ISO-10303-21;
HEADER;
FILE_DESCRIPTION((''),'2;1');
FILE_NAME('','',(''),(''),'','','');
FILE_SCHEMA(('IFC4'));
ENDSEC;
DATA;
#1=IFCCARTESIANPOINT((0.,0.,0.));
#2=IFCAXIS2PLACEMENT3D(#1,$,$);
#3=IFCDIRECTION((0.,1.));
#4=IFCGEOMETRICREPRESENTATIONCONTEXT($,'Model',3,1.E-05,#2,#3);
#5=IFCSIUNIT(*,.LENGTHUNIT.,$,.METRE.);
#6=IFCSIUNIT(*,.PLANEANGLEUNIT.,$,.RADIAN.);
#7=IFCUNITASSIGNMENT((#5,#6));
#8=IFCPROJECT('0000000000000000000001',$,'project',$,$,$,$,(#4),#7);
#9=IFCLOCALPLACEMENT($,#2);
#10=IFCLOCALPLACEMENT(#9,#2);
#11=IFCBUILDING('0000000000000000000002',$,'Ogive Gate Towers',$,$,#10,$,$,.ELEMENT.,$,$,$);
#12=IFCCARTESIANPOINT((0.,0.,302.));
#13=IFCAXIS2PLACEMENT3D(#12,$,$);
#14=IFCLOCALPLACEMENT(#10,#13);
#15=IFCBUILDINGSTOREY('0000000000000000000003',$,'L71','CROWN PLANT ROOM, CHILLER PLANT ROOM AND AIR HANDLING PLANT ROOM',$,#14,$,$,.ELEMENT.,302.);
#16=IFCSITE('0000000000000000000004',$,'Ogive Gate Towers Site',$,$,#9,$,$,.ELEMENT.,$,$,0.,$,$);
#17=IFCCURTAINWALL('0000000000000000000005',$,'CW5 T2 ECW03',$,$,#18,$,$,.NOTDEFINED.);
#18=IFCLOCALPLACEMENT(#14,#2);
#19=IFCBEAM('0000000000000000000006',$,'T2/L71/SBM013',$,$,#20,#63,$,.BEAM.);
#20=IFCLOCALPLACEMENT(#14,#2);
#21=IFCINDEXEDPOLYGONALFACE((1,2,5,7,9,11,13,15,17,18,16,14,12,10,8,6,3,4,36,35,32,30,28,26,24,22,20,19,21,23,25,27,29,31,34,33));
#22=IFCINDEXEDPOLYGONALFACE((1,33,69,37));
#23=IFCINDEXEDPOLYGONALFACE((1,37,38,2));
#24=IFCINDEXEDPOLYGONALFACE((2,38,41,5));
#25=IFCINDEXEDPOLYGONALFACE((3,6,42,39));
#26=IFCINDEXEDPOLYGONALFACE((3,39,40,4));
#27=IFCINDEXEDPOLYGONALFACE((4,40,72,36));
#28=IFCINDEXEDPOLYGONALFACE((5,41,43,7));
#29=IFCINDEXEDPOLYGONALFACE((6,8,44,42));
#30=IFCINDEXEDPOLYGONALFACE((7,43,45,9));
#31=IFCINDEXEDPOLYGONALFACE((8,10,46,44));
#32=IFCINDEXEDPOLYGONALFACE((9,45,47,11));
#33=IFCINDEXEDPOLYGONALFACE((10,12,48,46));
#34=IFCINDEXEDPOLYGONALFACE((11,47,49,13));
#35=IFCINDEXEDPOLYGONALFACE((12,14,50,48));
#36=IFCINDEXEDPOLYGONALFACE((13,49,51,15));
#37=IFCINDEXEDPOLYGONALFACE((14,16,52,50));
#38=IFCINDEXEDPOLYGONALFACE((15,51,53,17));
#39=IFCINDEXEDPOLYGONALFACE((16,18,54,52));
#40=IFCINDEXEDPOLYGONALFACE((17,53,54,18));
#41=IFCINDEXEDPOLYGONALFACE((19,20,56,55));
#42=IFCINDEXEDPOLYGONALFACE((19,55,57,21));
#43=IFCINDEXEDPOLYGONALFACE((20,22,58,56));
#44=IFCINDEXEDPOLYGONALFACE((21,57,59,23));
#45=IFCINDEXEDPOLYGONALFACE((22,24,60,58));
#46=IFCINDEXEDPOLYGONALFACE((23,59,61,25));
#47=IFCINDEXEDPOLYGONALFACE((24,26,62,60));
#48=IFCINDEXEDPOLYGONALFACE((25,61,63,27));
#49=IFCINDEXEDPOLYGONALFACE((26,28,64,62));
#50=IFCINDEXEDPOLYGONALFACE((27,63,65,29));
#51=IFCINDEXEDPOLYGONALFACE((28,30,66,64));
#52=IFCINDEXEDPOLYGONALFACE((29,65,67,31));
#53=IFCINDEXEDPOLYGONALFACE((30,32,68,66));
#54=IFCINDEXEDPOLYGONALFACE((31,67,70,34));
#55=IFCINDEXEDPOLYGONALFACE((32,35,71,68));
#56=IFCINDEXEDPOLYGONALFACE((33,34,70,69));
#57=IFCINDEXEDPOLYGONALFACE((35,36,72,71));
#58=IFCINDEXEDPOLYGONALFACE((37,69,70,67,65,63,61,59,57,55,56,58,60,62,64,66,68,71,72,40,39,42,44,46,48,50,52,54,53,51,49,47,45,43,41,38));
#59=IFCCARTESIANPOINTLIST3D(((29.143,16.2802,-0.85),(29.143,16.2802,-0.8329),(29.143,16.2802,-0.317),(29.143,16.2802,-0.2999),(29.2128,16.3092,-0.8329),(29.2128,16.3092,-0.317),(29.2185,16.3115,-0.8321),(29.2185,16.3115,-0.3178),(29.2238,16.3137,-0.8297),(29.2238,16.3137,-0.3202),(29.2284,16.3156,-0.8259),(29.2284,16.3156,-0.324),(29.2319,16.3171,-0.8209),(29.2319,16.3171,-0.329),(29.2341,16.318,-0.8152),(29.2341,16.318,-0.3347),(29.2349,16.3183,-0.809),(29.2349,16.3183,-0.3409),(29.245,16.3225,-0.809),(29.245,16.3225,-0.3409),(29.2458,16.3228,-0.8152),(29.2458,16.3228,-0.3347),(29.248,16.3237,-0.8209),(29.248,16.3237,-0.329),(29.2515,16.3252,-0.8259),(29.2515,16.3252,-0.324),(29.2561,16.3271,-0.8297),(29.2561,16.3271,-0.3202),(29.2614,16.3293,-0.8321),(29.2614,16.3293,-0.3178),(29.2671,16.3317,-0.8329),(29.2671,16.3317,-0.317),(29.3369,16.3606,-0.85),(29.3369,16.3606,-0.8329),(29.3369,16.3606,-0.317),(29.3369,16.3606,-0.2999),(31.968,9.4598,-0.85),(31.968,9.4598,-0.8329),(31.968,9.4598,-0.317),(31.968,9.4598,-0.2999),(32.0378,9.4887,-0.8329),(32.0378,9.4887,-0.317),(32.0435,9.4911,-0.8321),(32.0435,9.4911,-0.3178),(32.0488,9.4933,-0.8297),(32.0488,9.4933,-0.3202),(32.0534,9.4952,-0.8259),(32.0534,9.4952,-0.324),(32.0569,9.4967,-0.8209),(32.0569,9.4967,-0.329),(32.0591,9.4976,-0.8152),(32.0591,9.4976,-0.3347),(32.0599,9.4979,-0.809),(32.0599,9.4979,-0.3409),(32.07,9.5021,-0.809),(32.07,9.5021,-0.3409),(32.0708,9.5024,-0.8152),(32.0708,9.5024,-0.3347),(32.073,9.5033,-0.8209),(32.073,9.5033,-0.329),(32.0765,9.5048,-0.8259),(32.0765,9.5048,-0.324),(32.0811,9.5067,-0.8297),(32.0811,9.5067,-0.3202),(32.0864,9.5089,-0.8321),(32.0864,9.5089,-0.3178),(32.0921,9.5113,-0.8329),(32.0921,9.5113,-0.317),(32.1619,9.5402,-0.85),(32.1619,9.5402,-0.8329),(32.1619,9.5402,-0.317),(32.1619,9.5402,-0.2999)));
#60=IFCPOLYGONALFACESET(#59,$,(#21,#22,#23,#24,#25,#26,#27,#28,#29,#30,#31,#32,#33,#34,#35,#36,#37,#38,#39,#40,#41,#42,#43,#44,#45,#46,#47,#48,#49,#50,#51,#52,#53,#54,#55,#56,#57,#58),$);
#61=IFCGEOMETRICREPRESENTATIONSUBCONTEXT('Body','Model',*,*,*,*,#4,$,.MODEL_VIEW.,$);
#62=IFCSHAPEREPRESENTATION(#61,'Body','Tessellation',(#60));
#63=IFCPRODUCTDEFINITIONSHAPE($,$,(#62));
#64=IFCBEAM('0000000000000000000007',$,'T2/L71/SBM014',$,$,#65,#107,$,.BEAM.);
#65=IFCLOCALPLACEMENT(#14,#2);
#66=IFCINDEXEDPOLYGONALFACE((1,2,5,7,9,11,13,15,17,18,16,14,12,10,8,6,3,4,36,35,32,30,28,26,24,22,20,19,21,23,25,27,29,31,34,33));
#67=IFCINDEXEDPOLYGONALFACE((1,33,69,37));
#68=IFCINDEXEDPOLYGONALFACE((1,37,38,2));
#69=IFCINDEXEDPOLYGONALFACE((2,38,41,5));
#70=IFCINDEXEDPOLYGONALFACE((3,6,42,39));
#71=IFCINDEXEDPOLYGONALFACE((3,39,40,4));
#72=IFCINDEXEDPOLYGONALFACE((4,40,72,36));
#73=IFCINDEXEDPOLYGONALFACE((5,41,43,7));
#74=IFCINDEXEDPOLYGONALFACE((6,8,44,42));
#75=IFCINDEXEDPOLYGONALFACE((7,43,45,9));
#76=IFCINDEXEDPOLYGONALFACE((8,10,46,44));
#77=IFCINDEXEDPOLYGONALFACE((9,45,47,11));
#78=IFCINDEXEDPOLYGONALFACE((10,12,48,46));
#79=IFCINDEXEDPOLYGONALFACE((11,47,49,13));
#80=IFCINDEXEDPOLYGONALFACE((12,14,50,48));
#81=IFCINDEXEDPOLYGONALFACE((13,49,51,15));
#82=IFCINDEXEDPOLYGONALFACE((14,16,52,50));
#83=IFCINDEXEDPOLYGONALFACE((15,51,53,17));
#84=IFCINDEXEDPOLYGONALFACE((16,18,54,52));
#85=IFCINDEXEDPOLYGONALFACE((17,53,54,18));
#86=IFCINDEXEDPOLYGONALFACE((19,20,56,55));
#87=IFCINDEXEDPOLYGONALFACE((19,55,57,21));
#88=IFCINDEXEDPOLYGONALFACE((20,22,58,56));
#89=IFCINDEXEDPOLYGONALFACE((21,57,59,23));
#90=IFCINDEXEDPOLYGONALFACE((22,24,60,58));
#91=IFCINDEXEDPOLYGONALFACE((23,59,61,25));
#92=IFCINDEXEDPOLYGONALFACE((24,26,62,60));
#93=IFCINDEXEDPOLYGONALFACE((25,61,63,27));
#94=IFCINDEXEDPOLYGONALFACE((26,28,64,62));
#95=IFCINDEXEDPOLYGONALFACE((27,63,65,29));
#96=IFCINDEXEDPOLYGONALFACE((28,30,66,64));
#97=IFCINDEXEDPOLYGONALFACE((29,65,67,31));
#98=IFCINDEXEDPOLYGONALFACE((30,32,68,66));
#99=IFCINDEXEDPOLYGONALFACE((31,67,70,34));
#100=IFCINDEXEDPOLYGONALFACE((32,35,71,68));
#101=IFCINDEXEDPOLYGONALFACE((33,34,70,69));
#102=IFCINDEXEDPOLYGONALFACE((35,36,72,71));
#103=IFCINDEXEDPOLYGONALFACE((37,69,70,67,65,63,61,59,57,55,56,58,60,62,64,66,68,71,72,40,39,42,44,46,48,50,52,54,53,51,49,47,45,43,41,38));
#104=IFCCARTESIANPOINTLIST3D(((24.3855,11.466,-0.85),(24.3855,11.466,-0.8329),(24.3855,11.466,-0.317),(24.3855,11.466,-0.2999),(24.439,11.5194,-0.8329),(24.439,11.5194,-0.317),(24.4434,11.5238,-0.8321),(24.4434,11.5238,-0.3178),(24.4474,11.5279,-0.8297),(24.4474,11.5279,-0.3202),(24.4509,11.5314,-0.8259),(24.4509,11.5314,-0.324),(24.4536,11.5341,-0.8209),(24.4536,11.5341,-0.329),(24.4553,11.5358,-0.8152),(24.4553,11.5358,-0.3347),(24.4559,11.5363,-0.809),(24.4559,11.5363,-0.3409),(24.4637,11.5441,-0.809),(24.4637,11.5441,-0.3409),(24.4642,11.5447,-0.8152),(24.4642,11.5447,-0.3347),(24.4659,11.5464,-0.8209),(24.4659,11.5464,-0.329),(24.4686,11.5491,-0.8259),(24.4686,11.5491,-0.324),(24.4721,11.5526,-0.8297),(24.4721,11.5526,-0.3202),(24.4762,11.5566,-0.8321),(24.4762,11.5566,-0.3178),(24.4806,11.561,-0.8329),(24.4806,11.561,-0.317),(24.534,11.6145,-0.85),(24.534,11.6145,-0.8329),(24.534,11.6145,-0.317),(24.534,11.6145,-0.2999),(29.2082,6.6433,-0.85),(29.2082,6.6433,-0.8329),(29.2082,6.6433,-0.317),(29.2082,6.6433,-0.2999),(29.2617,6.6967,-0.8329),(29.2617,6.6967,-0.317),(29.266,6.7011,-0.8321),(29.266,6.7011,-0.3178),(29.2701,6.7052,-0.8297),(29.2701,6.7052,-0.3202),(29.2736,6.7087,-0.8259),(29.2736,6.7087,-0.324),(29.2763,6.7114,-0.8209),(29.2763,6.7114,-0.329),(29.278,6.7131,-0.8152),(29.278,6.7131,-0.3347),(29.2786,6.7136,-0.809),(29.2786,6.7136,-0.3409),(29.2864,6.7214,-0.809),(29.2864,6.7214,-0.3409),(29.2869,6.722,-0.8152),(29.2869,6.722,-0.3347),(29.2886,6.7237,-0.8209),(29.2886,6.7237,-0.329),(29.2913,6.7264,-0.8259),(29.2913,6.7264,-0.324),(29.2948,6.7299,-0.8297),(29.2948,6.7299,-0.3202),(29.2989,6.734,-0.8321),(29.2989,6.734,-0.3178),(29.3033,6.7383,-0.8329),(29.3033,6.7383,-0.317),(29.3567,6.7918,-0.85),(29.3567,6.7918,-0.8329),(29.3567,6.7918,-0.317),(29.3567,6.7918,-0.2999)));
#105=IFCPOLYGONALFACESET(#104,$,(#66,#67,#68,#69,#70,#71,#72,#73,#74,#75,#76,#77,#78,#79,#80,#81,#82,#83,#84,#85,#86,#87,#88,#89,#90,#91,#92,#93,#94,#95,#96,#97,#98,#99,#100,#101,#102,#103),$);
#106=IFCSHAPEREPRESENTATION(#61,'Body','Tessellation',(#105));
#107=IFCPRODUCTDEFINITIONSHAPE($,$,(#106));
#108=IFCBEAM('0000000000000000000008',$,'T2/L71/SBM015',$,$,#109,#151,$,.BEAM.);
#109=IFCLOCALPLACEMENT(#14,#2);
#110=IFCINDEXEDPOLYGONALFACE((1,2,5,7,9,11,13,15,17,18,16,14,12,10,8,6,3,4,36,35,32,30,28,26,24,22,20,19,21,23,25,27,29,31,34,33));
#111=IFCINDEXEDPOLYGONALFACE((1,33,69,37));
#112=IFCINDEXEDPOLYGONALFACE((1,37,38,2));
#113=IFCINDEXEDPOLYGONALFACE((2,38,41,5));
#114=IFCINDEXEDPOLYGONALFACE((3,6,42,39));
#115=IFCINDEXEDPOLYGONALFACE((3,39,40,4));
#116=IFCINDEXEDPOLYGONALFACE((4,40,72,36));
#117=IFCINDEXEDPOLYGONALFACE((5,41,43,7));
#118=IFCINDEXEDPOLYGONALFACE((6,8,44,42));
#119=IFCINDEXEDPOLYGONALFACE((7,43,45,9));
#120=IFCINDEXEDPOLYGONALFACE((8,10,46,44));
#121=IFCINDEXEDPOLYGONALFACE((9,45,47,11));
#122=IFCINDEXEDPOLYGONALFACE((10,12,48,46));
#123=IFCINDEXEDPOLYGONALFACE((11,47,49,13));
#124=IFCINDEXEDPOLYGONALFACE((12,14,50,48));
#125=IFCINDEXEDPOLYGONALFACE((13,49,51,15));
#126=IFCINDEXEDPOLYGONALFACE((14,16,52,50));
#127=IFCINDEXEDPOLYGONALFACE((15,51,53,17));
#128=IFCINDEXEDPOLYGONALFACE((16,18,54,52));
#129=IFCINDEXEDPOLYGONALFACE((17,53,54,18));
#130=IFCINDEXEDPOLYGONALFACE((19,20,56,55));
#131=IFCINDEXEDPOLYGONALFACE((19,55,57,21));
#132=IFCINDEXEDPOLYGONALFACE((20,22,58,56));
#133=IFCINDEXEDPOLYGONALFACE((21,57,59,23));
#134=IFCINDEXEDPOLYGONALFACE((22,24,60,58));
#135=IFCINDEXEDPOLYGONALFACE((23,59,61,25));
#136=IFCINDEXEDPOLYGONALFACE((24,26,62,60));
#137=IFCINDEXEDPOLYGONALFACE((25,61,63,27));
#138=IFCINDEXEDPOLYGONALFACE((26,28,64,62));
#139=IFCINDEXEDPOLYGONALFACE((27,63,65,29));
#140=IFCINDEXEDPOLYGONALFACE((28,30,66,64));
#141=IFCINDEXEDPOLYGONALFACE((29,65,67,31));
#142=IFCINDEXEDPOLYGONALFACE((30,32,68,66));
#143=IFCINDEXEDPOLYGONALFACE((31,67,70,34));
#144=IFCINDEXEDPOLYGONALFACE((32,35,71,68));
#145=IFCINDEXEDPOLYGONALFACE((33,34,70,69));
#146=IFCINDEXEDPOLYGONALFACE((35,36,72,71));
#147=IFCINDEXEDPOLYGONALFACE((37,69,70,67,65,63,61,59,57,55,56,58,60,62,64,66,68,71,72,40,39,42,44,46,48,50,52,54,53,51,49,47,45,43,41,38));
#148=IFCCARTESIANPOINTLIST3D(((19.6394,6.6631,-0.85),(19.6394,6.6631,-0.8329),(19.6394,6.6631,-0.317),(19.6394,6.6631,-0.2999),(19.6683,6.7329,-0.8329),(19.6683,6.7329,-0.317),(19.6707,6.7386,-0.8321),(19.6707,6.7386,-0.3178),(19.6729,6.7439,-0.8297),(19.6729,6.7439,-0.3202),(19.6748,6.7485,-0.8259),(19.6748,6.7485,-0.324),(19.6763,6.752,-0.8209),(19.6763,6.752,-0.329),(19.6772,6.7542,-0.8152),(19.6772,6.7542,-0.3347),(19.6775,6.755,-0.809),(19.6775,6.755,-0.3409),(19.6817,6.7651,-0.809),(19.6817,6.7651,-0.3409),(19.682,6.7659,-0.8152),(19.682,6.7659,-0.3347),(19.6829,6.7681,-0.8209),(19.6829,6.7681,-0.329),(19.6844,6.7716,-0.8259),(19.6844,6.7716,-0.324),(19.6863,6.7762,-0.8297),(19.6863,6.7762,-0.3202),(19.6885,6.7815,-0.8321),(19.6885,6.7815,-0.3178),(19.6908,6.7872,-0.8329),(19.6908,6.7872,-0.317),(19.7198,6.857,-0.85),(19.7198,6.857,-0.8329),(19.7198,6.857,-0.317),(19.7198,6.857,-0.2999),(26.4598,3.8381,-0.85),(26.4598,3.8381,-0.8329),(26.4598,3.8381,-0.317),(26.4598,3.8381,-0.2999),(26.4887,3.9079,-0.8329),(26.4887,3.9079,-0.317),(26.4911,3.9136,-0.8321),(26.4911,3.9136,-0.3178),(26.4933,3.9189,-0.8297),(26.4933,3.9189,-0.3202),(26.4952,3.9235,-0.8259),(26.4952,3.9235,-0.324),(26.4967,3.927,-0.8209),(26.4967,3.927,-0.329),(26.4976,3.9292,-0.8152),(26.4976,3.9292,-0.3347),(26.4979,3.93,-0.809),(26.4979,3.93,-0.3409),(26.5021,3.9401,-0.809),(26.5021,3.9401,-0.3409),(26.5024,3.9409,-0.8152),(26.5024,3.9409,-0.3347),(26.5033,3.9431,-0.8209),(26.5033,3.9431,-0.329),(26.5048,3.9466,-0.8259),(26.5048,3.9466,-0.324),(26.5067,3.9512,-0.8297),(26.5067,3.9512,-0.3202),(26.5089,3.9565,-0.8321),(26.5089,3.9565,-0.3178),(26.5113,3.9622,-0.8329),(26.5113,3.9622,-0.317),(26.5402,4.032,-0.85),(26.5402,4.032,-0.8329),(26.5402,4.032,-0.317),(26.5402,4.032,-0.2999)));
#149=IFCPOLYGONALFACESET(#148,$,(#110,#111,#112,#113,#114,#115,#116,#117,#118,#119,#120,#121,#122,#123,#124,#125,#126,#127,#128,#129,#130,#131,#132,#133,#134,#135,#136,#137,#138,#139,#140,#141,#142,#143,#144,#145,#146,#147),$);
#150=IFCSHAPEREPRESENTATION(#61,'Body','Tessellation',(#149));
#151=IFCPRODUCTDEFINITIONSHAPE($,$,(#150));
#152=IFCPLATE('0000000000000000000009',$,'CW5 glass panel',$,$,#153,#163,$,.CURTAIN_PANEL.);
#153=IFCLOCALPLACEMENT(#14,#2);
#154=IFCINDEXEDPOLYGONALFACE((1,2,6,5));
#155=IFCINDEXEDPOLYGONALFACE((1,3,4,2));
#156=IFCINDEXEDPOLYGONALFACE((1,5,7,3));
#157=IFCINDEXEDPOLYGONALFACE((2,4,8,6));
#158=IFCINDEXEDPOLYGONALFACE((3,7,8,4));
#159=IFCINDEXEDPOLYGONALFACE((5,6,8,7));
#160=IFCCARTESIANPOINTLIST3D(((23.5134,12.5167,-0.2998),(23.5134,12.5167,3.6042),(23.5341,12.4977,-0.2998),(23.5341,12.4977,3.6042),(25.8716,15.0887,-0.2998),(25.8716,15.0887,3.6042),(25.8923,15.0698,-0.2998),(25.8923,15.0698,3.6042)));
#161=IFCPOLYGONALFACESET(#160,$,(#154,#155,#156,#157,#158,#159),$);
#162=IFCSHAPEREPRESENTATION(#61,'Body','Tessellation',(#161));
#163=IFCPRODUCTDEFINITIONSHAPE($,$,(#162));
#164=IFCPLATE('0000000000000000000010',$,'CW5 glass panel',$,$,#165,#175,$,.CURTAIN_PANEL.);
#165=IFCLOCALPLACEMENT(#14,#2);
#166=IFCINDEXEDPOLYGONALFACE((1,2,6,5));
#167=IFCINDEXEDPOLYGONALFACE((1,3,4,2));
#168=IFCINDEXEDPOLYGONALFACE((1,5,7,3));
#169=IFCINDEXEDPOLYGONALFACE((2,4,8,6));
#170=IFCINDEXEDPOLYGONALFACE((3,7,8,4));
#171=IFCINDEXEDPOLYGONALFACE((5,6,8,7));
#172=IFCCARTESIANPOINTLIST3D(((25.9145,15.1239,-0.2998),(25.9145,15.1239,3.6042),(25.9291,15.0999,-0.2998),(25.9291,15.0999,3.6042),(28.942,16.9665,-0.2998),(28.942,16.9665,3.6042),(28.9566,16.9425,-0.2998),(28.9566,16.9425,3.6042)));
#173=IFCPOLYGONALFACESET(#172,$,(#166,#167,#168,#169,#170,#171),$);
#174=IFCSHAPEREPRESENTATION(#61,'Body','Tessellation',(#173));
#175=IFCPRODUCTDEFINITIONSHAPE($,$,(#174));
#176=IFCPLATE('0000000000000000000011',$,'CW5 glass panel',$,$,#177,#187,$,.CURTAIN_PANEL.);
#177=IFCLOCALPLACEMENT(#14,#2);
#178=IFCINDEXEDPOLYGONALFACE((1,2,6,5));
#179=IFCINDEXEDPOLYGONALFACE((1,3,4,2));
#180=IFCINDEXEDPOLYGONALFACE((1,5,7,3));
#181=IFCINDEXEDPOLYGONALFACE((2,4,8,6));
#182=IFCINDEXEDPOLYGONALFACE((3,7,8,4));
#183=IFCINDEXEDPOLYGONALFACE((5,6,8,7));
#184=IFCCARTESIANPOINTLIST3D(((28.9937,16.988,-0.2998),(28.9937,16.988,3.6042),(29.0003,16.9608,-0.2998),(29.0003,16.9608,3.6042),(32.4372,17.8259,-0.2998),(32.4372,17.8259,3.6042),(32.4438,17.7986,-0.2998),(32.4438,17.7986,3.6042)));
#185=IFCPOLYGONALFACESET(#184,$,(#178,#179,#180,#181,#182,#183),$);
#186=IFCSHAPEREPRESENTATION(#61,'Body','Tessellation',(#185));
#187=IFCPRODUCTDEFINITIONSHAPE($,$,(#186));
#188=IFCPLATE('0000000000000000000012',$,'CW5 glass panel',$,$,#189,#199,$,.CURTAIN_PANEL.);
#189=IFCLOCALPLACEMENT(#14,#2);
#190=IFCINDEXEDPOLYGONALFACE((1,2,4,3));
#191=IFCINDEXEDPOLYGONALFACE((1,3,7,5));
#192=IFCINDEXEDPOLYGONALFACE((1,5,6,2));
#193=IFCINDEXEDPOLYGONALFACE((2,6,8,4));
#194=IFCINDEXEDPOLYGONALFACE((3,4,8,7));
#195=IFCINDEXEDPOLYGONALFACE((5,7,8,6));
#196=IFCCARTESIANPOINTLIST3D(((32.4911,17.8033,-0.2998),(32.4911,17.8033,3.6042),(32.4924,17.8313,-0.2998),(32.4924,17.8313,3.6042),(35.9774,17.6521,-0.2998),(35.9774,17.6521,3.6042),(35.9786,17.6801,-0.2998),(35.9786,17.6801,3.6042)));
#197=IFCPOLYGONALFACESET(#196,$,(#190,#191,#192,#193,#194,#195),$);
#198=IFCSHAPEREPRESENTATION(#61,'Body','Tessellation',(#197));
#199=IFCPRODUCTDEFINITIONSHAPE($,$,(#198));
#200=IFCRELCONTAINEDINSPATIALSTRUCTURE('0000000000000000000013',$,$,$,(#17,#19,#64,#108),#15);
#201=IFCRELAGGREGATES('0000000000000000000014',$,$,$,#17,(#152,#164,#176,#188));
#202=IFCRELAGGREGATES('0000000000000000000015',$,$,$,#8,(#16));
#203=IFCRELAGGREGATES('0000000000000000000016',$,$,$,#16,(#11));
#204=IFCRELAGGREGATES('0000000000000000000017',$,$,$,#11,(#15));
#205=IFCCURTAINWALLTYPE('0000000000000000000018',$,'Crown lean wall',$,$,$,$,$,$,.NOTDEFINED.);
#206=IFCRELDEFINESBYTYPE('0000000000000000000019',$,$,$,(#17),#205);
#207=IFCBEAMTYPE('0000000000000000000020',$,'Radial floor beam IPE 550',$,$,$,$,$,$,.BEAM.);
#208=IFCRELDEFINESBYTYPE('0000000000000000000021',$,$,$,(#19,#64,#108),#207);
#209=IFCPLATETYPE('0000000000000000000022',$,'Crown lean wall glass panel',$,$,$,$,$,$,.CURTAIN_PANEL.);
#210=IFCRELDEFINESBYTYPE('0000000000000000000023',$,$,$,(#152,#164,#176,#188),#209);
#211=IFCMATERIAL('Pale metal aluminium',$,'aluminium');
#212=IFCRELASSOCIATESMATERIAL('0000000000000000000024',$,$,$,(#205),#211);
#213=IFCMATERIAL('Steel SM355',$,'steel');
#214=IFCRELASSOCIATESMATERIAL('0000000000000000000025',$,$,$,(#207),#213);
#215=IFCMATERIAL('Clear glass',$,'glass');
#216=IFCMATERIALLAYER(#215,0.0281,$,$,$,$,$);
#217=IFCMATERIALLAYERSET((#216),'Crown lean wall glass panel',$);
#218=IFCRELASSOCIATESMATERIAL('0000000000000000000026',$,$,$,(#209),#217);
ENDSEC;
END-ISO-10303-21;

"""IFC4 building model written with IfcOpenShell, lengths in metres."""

from ifc_helpers import new_model, si_unit, direction, frame, origin, origin_2d, place, context, subcontext, project, spatial, rectangle, i_section, extrude, material, layer, layer_set, material_profile, profile_set, type_object, element, aggregate, save


model = new_model("IFC4")

# Units and contexts
model_context = context("Model", 3, precision=1e-05, world=origin(), true_north=direction((0.0, 1.0)))
body_context = subcontext(model_context, "Body", "Model", "MODEL_VIEW")
ifc_project = project(units=[si_unit("LENGTHUNIT", "METRE"), si_unit("PLANEANGLEUNIT", "RADIAN")], contexts=[model_context])

# Site, building, storey
site_placement = place(None, origin())
site = spatial("IfcSite", under=ifc_project, at=site_placement, Name="Ogive Gate Towers Site", CompositionType="ELEMENT", RefElevation=0.0)
building_placement = place(site_placement, origin())
building = spatial("IfcBuilding", under=site, at=building_placement, Name="Ogive Gate Towers", CompositionType="ELEMENT")
storey_placement = place(building_placement, frame((0.0, 0.0, 302.0)))
storey = spatial("IfcBuildingStorey", under=building, at=storey_placement, Name="L71", Description="CROWN PLANT ROOM, CHILLER PLANT ROOM AND AIR HANDLING PLANT ROOM", CompositionType="ELEMENT", Elevation=302.0)

# Shared definitions
ifc_material_1 = material(Name="Pale metal aluminium", Category="aluminium")
curtain_wall_type = type_object("IfcCurtainWallType", Name="Crown lean wall", PredefinedType="NOTDEFINED", material=ifc_material_1)

# Curtain wall
curtain_wall_1_placement = place(storey_placement, origin())
curtain_wall_1 = element("IfcCurtainWall", 1, at=curtain_wall_1_placement, inside=storey, type_object=curtain_wall_type, Name="CW5 T2 ECW03", PredefinedType="NOTDEFINED")

# Beams
ifc_material_2 = material(Name="Steel SM355", Category="steel")
ifc_material_profile_1 = material_profile(ifc_material_2, i_section(OverallWidth=0.21, OverallDepth=0.55, WebThickness=0.011, FlangeThickness=0.0171, FilletRadius=0.0239, at=origin_2d()), Name="IPE 550")
ifc_profile_set_1 = profile_set([ifc_material_profile_1], Name="Steel SM355")
beam_type_1 = type_object("IfcBeamType", Name="Radial floor beam IPE 550", PredefinedType="BEAM", material=ifc_profile_set_1)
beam_1_placement = place(storey_placement, frame((32.0649, 9.5, -0.575), z_axis=(-0.38267, 0.923885, 0.0), x_axis=(-0.923885, -0.38267, 0.0)))
element("IfcBeam", 2, at=beam_1_placement, inside=storey, type_object=beam_type_1, Name="T2/L71/SBM013", PredefinedType="BEAM", context=body_context, shape_type="SweptSolid", body=[
    extrude(i_section(OverallWidth=0.21, OverallDepth=0.55, WebThickness=0.011, FlangeThickness=0.0171, FilletRadius=0.0239, at=origin_2d()), origin(), (0.0, 0.0, 1.0), 7.3823),
])
beam_2_placement = place(storey_placement, frame((29.2825, 6.7175, -0.575), z_axis=(-0.707107, 0.707107, 0.0), x_axis=(-0.707107, -0.707107, 0.0)))
element("IfcBeam", 3, at=beam_2_placement, inside=storey, type_object=beam_type_1, Name="T2/L71/SBM014", PredefinedType="BEAM", context=body_context, shape_type="SweptSolid", body=[
    extrude(i_section(OverallWidth=0.21, OverallDepth=0.55, WebThickness=0.011, FlangeThickness=0.0171, FilletRadius=0.0239, at=origin_2d()), origin(), (0.0, 0.0, 1.0), 6.8203),
])
beam_3_placement = place(storey_placement, frame((26.5, 3.9351, -0.575), z_axis=(-0.923885, 0.38267, 0.0), x_axis=(-0.38267, -0.923885, 0.0)))
element("IfcBeam", 4, at=beam_3_placement, inside=storey, type_object=beam_type_1, Name="T2/L71/SBM015", PredefinedType="BEAM", context=body_context, shape_type="SweptSolid", body=[
    extrude(i_section(OverallWidth=0.21, OverallDepth=0.55, WebThickness=0.011, FlangeThickness=0.0171, FilletRadius=0.0239, at=origin_2d()), origin(), (0.0, 0.0, 1.0), 7.3823),
])

# Plates
ifc_material_3 = material(Name="Clear glass", Category="glass")
ifc_layer_1 = layer(ifc_material_3, 0.0281)
ifc_layer_set_1 = layer_set([ifc_layer_1], Name="Crown lean wall glass panel")
plate_type = type_object("IfcPlateType", Name="Crown lean wall glass panel", PredefinedType="CURTAIN_PANEL", material=ifc_layer_set_1)
plate_1_placement = place(storey_placement, frame((24.7029, 13.7932, -0.2998), z_axis=(0.0, 0.0, 1.0), x_axis=(0.675796, 0.737089, 0.0)))
plate_1 = element("IfcPlate", 5, at=plate_1_placement, type_object=plate_type, Name="CW5 glass panel", PredefinedType="CURTAIN_PANEL", context=body_context, shape_type="SweptSolid", body=[
    extrude(rectangle(XDim=3.4895, YDim=0.0281, at=origin_2d()), origin(), (0.0, 0.0, 1.0), 3.9041),
])
plate_2_placement = place(storey_placement, frame((27.4355, 16.0332, -0.2998), z_axis=(0.0, 0.0, 1.0), x_axis=(0.854232, 0.519892, 0.0)))
plate_2 = element("IfcPlate", 6, at=plate_2_placement, type_object=plate_type, Name="CW5 glass panel", PredefinedType="CURTAIN_PANEL", context=body_context, shape_type="SweptSolid", body=[
    extrude(rectangle(XDim=3.5442, YDim=0.0281, at=origin_2d()), origin(), (0.0, 0.0, 1.0), 3.9041),
])
plate_3_placement = place(storey_placement, frame((30.7188, 17.3933, -0.2998), z_axis=(0.0, 0.0, 1.0), x_axis=(0.971652, 0.236414, 0.0)))
plate_3 = element("IfcPlate", 7, at=plate_3_placement, type_object=plate_type, Name="CW5 glass panel", PredefinedType="CURTAIN_PANEL", context=body_context, shape_type="SweptSolid", body=[
    extrude(rectangle(XDim=3.5439, YDim=0.0281, at=origin_2d()), origin(), (0.0, 0.0, 1.0), 3.9041),
])
plate_4_placement = place(storey_placement, frame((34.2349, 17.7417, -0.2998), z_axis=(0.0, 0.0, 1.0), x_axis=(0.99906, -0.04334, 0.0)))
plate_4 = element("IfcPlate", 8, at=plate_4_placement, type_object=plate_type, Name="CW5 glass panel", PredefinedType="CURTAIN_PANEL", context=body_context, shape_type="SweptSolid", body=[
    extrude(rectangle(XDim=3.4895, YDim=0.0281, at=origin_2d()), origin(), (0.0, 0.0, 1.0), 3.9041),
])
aggregate(curtain_wall_1, [plate_1, plate_2, plate_3, plate_4])

save(model, "model.ifc")
